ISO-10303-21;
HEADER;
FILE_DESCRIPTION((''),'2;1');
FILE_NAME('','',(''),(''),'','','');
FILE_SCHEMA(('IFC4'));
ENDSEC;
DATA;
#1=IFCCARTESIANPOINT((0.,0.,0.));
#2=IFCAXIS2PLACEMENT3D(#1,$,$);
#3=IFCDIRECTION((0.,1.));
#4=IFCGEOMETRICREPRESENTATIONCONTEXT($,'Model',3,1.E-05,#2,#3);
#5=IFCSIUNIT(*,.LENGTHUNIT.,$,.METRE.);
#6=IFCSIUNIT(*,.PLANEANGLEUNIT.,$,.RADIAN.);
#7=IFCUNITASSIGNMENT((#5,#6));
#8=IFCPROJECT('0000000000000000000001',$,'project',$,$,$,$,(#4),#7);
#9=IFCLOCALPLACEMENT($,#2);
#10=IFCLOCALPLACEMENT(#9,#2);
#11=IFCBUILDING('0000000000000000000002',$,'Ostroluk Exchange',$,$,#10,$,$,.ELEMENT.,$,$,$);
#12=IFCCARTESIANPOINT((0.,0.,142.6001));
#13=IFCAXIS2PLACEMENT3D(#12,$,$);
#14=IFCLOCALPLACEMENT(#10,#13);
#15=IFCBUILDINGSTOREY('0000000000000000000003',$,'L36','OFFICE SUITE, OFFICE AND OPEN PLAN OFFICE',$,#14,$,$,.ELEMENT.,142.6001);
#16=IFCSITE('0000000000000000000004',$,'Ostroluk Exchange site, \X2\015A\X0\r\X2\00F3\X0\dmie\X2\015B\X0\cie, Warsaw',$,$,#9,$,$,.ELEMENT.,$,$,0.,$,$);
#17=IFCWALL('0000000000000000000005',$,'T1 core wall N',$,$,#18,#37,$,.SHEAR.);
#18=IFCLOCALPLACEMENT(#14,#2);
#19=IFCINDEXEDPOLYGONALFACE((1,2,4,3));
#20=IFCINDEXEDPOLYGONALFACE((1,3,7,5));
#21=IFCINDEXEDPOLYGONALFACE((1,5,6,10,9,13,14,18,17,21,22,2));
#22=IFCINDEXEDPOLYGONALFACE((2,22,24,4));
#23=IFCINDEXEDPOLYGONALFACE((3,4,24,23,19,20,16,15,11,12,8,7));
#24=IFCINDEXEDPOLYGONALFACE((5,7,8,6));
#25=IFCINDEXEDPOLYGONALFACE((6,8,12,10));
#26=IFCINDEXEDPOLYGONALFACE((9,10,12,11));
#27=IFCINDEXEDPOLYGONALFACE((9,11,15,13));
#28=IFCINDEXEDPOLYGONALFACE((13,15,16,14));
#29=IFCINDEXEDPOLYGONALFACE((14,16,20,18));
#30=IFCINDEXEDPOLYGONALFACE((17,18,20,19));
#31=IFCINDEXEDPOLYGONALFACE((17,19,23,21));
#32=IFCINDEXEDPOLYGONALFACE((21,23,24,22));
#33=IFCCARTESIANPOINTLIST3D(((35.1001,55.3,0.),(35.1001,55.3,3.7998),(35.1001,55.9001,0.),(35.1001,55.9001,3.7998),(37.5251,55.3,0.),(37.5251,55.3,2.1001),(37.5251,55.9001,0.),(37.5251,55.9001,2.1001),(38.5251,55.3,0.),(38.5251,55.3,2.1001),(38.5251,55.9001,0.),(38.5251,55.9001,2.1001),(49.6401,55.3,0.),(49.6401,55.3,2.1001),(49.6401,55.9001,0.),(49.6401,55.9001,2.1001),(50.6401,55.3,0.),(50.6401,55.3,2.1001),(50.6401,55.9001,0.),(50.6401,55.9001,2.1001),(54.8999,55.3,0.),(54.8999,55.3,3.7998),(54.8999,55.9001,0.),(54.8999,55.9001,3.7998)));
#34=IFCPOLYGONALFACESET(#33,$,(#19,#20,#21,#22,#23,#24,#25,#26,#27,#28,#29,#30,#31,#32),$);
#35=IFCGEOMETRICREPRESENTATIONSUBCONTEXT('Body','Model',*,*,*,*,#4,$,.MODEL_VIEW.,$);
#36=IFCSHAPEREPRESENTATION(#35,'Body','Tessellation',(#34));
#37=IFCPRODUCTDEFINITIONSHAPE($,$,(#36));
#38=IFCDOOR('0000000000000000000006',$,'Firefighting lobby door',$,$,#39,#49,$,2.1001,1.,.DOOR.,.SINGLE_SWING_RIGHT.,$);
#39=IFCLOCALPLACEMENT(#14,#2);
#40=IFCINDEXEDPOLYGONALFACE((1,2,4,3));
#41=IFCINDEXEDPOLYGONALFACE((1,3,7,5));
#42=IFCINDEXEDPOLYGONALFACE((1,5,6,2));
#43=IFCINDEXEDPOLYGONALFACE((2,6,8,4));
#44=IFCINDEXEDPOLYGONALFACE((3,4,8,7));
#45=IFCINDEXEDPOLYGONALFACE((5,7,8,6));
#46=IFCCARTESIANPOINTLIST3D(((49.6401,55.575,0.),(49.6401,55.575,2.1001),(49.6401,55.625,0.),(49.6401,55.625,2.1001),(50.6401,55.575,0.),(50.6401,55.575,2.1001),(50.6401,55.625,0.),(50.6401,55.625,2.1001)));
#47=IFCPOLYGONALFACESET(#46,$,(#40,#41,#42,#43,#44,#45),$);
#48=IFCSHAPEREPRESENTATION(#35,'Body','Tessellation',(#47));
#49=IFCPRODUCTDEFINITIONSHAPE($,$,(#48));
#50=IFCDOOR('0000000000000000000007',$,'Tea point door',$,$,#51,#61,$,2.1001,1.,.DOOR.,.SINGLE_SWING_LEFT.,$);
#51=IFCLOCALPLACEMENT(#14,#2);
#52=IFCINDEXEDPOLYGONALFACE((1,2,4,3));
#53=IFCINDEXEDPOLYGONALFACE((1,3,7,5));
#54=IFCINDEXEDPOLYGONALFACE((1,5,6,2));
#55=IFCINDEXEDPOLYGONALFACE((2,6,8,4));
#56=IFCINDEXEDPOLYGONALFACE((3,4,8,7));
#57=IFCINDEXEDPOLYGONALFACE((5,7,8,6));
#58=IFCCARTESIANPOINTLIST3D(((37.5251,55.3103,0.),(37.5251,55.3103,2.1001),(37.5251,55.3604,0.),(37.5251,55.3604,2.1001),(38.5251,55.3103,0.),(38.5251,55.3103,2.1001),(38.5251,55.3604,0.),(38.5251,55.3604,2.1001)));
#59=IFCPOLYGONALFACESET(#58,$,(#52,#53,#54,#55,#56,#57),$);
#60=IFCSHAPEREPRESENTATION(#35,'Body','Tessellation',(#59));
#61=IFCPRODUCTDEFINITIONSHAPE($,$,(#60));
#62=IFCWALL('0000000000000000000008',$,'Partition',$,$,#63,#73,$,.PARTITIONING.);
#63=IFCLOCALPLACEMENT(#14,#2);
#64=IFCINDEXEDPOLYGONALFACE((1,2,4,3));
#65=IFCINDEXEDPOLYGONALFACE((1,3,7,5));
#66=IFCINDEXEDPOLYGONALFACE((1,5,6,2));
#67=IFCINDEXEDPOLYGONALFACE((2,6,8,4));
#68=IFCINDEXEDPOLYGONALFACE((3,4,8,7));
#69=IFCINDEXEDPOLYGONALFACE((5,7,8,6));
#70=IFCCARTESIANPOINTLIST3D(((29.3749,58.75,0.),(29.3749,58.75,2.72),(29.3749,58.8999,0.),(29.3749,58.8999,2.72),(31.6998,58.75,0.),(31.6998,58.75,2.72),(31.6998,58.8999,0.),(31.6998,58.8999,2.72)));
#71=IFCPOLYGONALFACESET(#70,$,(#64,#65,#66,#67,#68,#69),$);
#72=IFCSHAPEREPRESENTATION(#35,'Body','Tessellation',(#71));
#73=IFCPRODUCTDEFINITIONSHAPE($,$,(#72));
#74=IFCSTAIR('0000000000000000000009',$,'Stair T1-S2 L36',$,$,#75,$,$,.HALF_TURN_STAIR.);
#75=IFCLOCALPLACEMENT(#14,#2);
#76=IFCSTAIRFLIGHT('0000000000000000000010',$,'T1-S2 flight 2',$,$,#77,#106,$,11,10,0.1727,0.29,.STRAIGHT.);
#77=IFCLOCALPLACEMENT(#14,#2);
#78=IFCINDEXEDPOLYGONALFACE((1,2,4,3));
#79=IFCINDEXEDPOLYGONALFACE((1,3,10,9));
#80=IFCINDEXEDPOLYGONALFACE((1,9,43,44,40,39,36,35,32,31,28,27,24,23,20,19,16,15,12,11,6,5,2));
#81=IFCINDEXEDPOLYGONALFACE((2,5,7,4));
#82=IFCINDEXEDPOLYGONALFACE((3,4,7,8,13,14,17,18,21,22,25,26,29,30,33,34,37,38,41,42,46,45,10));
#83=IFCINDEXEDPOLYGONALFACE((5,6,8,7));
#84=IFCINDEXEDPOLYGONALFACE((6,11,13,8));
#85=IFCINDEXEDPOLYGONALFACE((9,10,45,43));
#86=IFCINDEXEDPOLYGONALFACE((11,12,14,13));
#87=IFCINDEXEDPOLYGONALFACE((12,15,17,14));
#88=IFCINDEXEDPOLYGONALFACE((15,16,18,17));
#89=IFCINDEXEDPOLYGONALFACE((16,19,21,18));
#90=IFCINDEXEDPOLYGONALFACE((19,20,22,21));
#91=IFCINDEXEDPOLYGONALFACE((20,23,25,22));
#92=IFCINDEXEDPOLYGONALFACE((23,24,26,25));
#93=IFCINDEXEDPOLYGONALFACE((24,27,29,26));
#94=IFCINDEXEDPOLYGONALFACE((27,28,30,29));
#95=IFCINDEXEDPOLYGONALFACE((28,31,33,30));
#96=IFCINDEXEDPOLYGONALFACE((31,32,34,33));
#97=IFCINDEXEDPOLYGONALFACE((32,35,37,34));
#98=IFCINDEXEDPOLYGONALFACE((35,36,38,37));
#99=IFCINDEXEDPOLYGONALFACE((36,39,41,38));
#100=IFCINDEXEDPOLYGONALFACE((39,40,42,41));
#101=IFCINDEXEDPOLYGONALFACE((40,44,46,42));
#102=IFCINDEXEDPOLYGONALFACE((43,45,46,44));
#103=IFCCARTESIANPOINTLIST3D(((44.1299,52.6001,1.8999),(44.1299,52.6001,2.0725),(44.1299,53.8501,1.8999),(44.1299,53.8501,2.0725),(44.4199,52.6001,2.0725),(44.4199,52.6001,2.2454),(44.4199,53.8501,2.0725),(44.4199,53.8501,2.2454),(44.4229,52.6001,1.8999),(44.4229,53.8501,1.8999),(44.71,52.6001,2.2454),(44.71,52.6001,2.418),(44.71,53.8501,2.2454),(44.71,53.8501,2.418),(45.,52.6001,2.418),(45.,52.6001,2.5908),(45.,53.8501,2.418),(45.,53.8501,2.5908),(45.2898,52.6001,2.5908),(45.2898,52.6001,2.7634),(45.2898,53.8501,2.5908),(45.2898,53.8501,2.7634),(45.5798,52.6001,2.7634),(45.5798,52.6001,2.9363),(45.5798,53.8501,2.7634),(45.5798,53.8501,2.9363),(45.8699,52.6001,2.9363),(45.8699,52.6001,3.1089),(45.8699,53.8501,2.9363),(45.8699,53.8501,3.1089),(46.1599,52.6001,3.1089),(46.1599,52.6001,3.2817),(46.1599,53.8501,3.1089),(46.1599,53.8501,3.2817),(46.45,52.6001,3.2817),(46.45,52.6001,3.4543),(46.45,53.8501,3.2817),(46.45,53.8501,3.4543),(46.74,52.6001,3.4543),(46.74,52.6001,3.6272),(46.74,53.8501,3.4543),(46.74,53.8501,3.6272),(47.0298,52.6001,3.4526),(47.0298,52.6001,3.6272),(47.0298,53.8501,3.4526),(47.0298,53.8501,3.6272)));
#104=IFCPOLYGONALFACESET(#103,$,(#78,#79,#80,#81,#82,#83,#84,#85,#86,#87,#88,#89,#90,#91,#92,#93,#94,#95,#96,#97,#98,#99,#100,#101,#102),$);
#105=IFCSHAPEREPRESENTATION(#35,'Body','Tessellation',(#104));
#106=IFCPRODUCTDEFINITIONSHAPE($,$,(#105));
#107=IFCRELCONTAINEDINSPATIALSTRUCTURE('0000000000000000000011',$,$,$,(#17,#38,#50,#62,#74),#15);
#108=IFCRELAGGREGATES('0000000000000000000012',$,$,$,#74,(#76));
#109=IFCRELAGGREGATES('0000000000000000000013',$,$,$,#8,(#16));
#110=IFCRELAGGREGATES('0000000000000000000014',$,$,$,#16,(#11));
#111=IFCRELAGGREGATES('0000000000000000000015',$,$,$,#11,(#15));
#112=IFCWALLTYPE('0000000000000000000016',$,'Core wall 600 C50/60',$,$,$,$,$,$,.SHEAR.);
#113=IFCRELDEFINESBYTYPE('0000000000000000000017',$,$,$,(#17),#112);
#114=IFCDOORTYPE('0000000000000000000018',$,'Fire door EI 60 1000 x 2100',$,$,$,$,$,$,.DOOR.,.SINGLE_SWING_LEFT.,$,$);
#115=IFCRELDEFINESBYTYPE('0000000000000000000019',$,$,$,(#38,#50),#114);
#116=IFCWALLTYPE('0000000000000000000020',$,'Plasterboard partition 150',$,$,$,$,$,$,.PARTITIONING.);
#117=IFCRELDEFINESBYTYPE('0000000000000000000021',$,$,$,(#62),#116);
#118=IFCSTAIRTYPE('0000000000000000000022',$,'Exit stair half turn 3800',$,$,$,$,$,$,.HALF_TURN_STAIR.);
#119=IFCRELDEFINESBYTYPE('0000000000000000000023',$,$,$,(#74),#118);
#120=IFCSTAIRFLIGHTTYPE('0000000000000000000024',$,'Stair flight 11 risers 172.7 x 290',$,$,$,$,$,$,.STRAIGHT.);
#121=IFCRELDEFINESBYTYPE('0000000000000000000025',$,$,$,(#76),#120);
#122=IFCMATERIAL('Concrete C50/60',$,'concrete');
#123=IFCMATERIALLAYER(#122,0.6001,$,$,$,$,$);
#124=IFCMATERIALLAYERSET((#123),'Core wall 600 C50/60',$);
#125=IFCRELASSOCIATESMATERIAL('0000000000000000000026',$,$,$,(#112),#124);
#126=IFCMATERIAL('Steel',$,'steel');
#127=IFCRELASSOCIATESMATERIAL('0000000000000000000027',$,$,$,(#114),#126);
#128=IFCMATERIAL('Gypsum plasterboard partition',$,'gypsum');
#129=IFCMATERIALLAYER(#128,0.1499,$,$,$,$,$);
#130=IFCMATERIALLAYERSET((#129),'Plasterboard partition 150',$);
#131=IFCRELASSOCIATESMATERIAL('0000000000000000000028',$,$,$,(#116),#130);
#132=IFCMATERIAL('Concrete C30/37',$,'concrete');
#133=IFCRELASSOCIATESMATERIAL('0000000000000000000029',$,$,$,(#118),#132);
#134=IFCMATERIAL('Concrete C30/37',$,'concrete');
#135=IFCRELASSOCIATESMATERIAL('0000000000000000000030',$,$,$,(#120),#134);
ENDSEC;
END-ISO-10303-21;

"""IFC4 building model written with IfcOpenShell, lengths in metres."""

from ifc_helpers import new_model, si_unit, direction, frame, frame_2d, origin, place, context, subcontext, project, spatial, polyline, rectangle, outline, extrude, material, layer, layer_set, type_object, element, fill, aggregate, save


model = new_model("IFC4")

# Units and contexts
model_context = context("Model", 3, precision=1e-05, world=origin(), true_north=direction((0.0, 1.0)))
body_context = subcontext(model_context, "Body", "Model", "MODEL_VIEW")
ifc_project = project(units=[si_unit("LENGTHUNIT", "METRE"), si_unit("PLANEANGLEUNIT", "RADIAN")], contexts=[model_context])

# Site, building, storey
site_placement = place(None, origin())
site = spatial("IfcSite", under=ifc_project, at=site_placement, Name="Ostroluk Exchange site, Śródmieście, Warsaw", CompositionType="ELEMENT", RefElevation=0.0)
building_placement = place(site_placement, origin())
building = spatial("IfcBuilding", under=site, at=building_placement, Name="Ostroluk Exchange", CompositionType="ELEMENT")
storey_placement = place(building_placement, frame((0.0, 0.0, 142.6001)))
storey = spatial("IfcBuildingStorey", under=building, at=storey_placement, Name="L36", Description="OFFICE SUITE, OFFICE AND OPEN PLAN OFFICE", CompositionType="ELEMENT", Elevation=142.6001)

# Wall, openings, doors
ifc_material_1 = material(Name="Concrete C50/60", Category="concrete")
ifc_layer_1 = layer(ifc_material_1, 0.6001)
ifc_layer_set_1 = layer_set([ifc_layer_1], Name="Core wall 600 C50/60")
wall_type_1 = type_object("IfcWallType", Name="Core wall 600 C50/60", PredefinedType="SHEAR", material=ifc_layer_set_1)
wall_1_placement = place(storey_placement, frame((35.1001, 55.6001, 0.0), z_axis=(0.0, 0.0, 1.0), x_axis=(1.0, 0.0, 0.0)))
wall_1 = element("IfcWall", 1, at=wall_1_placement, inside=storey, type_object=wall_type_1, Name="T1 core wall N", PredefinedType="SHEAR", context=body_context, shape_type="SweptSolid", body=[
    extrude(rectangle(XDim=19.7998, YDim=0.6001, at=frame_2d((9.8999, 0.0))), origin(), (0.0, 0.0, 1.0), 3.7998),
])
opening_1_placement = place(wall_1_placement, frame((14.54, 0.0, 0.0)))
opening_1 = element("IfcOpeningElement", 2, at=opening_1_placement, cuts=wall_1, PredefinedType="OPENING", context=body_context, shape_type="SweptSolid", body=[
    extrude(rectangle(XDim=1.0, YDim=2.1001, at=frame_2d((0.5, 1.05))), frame((0.0, 0.3101, 0.0), z_axis=(0.0, -1.0, 0.0), x_axis=(1.0, 0.0, 0.0)), (0.0, 0.0, 1.0), 0.6201),
])
opening_2_placement = place(wall_1_placement, frame((2.425, 0.0, 0.0)))
opening_2 = element("IfcOpeningElement", 3, at=opening_2_placement, cuts=wall_1, PredefinedType="OPENING", context=body_context, shape_type="SweptSolid", body=[
    extrude(rectangle(XDim=1.0, YDim=2.1001, at=frame_2d((0.5, 1.05))), frame((0.0, 0.3101, 0.0), z_axis=(0.0, -1.0, 0.0), x_axis=(1.0, 0.0, 0.0)), (0.0, 0.0, 1.0), 0.6201),
])
ifc_material_2 = material(Name="Steel", Category="steel")
door_type = type_object("IfcDoorType", Name="Fire door EI 60 1000 x 2100", OperationType="SINGLE_SWING_LEFT", PredefinedType="DOOR", material=ifc_material_2)
door_1_placement = place(opening_1_placement, origin())
door_1 = element("IfcDoor", 4, at=door_1_placement, inside=storey, type_object=door_type, Name="Firefighting lobby door", OperationType="SINGLE_SWING_RIGHT", OverallHeight=2.1001, OverallWidth=1.0, PredefinedType="DOOR", context=body_context, shape_type="SweptSolid", body=[
    extrude(rectangle(XDim=1.0, YDim=2.1001, at=frame_2d((0.5, 1.05))), frame((0.0, 0.0249, 0.0), z_axis=(0.0, -1.0, 0.0), x_axis=(1.0, 0.0, 0.0)), (0.0, 0.0, 1.0), 0.05),
])
fill(opening_1, door_1)
door_2_placement = place(opening_2_placement, origin())
door_2 = element("IfcDoor", 5, at=door_2_placement, inside=storey, type_object=door_type, Name="Tea point door", OperationType="SINGLE_SWING_LEFT", OverallHeight=2.1001, OverallWidth=1.0, PredefinedType="DOOR", context=body_context, shape_type="SweptSolid", body=[
    extrude(rectangle(XDim=1.0, YDim=2.1001, at=frame_2d((0.5, 1.05))), frame((0.0, -0.2397, 0.0), z_axis=(0.0, -1.0, 0.0), x_axis=(1.0, 0.0, 0.0)), (0.0, 0.0, 1.0), 0.05),
])
fill(opening_2, door_2)

# Wall
ifc_material_3 = material(Name="Gypsum plasterboard partition", Category="gypsum")
ifc_layer_2 = layer(ifc_material_3, 0.1499)
ifc_layer_set_2 = layer_set([ifc_layer_2], Name="Plasterboard partition 150")
wall_type_2 = type_object("IfcWallType", Name="Plasterboard partition 150", PredefinedType="PARTITIONING", material=ifc_layer_set_2)
wall_2_placement = place(storey_placement, frame((31.7, 58.825, 0.0), z_axis=(0.0, 0.0, 1.0), x_axis=(-1.0, 0.0, 0.0)))
element("IfcWall", 6, at=wall_2_placement, inside=storey, type_object=wall_type_2, Name="Partition", PredefinedType="PARTITIONING", context=body_context, shape_type="SweptSolid", body=[
    extrude(rectangle(XDim=2.325, YDim=0.1499, at=frame_2d((1.1626, 0.0))), origin(), (0.0, 0.0, 1.0), 2.72),
])

# Stair, stair flight
ifc_material_4 = material(Name="Concrete C30/37", Category="concrete")
stair_type = type_object("IfcStairType", Name="Exit stair half turn 3800", PredefinedType="HALF_TURN_STAIR", material=ifc_material_4)
stair_placement = place(storey_placement, origin())
stair = element("IfcStair", 7, at=stair_placement, inside=storey, type_object=stair_type, Name="Stair T1-S2 L36", PredefinedType="HALF_TURN_STAIR")
ifc_material_5 = material(Name="Concrete C30/37", Category="concrete")
stair_flight_type = type_object("IfcStairFlightType", Name="Stair flight 11 risers 172.7 x 290", PredefinedType="STRAIGHT", material=ifc_material_5)
stair_flight_placement = place(storey_placement, frame((44.1299, 53.2251, 1.8999), z_axis=(0.0, 0.0, 1.0), x_axis=(1.0, 0.0, 0.0)))
stair_flight = element("IfcStairFlight", 8, at=stair_flight_placement, type_object=stair_flight_type, Name="T1-S2 flight 2", NumberOfRisers=11, NumberOfTreads=10, PredefinedType="STRAIGHT", RiserHeight=0.1727, TreadLength=0.29, context=body_context, shape_type="SweptSolid", body=[
    extrude(outline(polyline([(0.0, 0.0), (0.0, 0.1726), (0.29, 0.1726), (0.29, 0.3455), (0.5801, 0.3455), (0.5801, 0.5181), (0.8701, 0.5181), (0.8701, 0.6909), (1.1599, 0.6909), (1.1599, 0.8635), (1.45, 0.8635), (1.45, 1.0364), (1.74, 1.0364), (1.74, 1.209), (2.03, 1.209), (2.03, 1.3818), (2.3201, 1.3818), (2.3201, 1.5544), (2.6101, 1.5544), (2.6101, 1.7273), (2.8999, 1.7273), (2.8999, 1.8999), (2.8999, 1.5527), (0.293, 0.0), (0.0, 0.0)])), frame((0.0, 0.625, 0.0), z_axis=(0.0, -1.0, 0.0), x_axis=(1.0, 0.0, 0.0)), (0.0, 0.0, 1.0), 1.25),
])
aggregate(stair, [stair_flight])

save(model, "model.ifc")
